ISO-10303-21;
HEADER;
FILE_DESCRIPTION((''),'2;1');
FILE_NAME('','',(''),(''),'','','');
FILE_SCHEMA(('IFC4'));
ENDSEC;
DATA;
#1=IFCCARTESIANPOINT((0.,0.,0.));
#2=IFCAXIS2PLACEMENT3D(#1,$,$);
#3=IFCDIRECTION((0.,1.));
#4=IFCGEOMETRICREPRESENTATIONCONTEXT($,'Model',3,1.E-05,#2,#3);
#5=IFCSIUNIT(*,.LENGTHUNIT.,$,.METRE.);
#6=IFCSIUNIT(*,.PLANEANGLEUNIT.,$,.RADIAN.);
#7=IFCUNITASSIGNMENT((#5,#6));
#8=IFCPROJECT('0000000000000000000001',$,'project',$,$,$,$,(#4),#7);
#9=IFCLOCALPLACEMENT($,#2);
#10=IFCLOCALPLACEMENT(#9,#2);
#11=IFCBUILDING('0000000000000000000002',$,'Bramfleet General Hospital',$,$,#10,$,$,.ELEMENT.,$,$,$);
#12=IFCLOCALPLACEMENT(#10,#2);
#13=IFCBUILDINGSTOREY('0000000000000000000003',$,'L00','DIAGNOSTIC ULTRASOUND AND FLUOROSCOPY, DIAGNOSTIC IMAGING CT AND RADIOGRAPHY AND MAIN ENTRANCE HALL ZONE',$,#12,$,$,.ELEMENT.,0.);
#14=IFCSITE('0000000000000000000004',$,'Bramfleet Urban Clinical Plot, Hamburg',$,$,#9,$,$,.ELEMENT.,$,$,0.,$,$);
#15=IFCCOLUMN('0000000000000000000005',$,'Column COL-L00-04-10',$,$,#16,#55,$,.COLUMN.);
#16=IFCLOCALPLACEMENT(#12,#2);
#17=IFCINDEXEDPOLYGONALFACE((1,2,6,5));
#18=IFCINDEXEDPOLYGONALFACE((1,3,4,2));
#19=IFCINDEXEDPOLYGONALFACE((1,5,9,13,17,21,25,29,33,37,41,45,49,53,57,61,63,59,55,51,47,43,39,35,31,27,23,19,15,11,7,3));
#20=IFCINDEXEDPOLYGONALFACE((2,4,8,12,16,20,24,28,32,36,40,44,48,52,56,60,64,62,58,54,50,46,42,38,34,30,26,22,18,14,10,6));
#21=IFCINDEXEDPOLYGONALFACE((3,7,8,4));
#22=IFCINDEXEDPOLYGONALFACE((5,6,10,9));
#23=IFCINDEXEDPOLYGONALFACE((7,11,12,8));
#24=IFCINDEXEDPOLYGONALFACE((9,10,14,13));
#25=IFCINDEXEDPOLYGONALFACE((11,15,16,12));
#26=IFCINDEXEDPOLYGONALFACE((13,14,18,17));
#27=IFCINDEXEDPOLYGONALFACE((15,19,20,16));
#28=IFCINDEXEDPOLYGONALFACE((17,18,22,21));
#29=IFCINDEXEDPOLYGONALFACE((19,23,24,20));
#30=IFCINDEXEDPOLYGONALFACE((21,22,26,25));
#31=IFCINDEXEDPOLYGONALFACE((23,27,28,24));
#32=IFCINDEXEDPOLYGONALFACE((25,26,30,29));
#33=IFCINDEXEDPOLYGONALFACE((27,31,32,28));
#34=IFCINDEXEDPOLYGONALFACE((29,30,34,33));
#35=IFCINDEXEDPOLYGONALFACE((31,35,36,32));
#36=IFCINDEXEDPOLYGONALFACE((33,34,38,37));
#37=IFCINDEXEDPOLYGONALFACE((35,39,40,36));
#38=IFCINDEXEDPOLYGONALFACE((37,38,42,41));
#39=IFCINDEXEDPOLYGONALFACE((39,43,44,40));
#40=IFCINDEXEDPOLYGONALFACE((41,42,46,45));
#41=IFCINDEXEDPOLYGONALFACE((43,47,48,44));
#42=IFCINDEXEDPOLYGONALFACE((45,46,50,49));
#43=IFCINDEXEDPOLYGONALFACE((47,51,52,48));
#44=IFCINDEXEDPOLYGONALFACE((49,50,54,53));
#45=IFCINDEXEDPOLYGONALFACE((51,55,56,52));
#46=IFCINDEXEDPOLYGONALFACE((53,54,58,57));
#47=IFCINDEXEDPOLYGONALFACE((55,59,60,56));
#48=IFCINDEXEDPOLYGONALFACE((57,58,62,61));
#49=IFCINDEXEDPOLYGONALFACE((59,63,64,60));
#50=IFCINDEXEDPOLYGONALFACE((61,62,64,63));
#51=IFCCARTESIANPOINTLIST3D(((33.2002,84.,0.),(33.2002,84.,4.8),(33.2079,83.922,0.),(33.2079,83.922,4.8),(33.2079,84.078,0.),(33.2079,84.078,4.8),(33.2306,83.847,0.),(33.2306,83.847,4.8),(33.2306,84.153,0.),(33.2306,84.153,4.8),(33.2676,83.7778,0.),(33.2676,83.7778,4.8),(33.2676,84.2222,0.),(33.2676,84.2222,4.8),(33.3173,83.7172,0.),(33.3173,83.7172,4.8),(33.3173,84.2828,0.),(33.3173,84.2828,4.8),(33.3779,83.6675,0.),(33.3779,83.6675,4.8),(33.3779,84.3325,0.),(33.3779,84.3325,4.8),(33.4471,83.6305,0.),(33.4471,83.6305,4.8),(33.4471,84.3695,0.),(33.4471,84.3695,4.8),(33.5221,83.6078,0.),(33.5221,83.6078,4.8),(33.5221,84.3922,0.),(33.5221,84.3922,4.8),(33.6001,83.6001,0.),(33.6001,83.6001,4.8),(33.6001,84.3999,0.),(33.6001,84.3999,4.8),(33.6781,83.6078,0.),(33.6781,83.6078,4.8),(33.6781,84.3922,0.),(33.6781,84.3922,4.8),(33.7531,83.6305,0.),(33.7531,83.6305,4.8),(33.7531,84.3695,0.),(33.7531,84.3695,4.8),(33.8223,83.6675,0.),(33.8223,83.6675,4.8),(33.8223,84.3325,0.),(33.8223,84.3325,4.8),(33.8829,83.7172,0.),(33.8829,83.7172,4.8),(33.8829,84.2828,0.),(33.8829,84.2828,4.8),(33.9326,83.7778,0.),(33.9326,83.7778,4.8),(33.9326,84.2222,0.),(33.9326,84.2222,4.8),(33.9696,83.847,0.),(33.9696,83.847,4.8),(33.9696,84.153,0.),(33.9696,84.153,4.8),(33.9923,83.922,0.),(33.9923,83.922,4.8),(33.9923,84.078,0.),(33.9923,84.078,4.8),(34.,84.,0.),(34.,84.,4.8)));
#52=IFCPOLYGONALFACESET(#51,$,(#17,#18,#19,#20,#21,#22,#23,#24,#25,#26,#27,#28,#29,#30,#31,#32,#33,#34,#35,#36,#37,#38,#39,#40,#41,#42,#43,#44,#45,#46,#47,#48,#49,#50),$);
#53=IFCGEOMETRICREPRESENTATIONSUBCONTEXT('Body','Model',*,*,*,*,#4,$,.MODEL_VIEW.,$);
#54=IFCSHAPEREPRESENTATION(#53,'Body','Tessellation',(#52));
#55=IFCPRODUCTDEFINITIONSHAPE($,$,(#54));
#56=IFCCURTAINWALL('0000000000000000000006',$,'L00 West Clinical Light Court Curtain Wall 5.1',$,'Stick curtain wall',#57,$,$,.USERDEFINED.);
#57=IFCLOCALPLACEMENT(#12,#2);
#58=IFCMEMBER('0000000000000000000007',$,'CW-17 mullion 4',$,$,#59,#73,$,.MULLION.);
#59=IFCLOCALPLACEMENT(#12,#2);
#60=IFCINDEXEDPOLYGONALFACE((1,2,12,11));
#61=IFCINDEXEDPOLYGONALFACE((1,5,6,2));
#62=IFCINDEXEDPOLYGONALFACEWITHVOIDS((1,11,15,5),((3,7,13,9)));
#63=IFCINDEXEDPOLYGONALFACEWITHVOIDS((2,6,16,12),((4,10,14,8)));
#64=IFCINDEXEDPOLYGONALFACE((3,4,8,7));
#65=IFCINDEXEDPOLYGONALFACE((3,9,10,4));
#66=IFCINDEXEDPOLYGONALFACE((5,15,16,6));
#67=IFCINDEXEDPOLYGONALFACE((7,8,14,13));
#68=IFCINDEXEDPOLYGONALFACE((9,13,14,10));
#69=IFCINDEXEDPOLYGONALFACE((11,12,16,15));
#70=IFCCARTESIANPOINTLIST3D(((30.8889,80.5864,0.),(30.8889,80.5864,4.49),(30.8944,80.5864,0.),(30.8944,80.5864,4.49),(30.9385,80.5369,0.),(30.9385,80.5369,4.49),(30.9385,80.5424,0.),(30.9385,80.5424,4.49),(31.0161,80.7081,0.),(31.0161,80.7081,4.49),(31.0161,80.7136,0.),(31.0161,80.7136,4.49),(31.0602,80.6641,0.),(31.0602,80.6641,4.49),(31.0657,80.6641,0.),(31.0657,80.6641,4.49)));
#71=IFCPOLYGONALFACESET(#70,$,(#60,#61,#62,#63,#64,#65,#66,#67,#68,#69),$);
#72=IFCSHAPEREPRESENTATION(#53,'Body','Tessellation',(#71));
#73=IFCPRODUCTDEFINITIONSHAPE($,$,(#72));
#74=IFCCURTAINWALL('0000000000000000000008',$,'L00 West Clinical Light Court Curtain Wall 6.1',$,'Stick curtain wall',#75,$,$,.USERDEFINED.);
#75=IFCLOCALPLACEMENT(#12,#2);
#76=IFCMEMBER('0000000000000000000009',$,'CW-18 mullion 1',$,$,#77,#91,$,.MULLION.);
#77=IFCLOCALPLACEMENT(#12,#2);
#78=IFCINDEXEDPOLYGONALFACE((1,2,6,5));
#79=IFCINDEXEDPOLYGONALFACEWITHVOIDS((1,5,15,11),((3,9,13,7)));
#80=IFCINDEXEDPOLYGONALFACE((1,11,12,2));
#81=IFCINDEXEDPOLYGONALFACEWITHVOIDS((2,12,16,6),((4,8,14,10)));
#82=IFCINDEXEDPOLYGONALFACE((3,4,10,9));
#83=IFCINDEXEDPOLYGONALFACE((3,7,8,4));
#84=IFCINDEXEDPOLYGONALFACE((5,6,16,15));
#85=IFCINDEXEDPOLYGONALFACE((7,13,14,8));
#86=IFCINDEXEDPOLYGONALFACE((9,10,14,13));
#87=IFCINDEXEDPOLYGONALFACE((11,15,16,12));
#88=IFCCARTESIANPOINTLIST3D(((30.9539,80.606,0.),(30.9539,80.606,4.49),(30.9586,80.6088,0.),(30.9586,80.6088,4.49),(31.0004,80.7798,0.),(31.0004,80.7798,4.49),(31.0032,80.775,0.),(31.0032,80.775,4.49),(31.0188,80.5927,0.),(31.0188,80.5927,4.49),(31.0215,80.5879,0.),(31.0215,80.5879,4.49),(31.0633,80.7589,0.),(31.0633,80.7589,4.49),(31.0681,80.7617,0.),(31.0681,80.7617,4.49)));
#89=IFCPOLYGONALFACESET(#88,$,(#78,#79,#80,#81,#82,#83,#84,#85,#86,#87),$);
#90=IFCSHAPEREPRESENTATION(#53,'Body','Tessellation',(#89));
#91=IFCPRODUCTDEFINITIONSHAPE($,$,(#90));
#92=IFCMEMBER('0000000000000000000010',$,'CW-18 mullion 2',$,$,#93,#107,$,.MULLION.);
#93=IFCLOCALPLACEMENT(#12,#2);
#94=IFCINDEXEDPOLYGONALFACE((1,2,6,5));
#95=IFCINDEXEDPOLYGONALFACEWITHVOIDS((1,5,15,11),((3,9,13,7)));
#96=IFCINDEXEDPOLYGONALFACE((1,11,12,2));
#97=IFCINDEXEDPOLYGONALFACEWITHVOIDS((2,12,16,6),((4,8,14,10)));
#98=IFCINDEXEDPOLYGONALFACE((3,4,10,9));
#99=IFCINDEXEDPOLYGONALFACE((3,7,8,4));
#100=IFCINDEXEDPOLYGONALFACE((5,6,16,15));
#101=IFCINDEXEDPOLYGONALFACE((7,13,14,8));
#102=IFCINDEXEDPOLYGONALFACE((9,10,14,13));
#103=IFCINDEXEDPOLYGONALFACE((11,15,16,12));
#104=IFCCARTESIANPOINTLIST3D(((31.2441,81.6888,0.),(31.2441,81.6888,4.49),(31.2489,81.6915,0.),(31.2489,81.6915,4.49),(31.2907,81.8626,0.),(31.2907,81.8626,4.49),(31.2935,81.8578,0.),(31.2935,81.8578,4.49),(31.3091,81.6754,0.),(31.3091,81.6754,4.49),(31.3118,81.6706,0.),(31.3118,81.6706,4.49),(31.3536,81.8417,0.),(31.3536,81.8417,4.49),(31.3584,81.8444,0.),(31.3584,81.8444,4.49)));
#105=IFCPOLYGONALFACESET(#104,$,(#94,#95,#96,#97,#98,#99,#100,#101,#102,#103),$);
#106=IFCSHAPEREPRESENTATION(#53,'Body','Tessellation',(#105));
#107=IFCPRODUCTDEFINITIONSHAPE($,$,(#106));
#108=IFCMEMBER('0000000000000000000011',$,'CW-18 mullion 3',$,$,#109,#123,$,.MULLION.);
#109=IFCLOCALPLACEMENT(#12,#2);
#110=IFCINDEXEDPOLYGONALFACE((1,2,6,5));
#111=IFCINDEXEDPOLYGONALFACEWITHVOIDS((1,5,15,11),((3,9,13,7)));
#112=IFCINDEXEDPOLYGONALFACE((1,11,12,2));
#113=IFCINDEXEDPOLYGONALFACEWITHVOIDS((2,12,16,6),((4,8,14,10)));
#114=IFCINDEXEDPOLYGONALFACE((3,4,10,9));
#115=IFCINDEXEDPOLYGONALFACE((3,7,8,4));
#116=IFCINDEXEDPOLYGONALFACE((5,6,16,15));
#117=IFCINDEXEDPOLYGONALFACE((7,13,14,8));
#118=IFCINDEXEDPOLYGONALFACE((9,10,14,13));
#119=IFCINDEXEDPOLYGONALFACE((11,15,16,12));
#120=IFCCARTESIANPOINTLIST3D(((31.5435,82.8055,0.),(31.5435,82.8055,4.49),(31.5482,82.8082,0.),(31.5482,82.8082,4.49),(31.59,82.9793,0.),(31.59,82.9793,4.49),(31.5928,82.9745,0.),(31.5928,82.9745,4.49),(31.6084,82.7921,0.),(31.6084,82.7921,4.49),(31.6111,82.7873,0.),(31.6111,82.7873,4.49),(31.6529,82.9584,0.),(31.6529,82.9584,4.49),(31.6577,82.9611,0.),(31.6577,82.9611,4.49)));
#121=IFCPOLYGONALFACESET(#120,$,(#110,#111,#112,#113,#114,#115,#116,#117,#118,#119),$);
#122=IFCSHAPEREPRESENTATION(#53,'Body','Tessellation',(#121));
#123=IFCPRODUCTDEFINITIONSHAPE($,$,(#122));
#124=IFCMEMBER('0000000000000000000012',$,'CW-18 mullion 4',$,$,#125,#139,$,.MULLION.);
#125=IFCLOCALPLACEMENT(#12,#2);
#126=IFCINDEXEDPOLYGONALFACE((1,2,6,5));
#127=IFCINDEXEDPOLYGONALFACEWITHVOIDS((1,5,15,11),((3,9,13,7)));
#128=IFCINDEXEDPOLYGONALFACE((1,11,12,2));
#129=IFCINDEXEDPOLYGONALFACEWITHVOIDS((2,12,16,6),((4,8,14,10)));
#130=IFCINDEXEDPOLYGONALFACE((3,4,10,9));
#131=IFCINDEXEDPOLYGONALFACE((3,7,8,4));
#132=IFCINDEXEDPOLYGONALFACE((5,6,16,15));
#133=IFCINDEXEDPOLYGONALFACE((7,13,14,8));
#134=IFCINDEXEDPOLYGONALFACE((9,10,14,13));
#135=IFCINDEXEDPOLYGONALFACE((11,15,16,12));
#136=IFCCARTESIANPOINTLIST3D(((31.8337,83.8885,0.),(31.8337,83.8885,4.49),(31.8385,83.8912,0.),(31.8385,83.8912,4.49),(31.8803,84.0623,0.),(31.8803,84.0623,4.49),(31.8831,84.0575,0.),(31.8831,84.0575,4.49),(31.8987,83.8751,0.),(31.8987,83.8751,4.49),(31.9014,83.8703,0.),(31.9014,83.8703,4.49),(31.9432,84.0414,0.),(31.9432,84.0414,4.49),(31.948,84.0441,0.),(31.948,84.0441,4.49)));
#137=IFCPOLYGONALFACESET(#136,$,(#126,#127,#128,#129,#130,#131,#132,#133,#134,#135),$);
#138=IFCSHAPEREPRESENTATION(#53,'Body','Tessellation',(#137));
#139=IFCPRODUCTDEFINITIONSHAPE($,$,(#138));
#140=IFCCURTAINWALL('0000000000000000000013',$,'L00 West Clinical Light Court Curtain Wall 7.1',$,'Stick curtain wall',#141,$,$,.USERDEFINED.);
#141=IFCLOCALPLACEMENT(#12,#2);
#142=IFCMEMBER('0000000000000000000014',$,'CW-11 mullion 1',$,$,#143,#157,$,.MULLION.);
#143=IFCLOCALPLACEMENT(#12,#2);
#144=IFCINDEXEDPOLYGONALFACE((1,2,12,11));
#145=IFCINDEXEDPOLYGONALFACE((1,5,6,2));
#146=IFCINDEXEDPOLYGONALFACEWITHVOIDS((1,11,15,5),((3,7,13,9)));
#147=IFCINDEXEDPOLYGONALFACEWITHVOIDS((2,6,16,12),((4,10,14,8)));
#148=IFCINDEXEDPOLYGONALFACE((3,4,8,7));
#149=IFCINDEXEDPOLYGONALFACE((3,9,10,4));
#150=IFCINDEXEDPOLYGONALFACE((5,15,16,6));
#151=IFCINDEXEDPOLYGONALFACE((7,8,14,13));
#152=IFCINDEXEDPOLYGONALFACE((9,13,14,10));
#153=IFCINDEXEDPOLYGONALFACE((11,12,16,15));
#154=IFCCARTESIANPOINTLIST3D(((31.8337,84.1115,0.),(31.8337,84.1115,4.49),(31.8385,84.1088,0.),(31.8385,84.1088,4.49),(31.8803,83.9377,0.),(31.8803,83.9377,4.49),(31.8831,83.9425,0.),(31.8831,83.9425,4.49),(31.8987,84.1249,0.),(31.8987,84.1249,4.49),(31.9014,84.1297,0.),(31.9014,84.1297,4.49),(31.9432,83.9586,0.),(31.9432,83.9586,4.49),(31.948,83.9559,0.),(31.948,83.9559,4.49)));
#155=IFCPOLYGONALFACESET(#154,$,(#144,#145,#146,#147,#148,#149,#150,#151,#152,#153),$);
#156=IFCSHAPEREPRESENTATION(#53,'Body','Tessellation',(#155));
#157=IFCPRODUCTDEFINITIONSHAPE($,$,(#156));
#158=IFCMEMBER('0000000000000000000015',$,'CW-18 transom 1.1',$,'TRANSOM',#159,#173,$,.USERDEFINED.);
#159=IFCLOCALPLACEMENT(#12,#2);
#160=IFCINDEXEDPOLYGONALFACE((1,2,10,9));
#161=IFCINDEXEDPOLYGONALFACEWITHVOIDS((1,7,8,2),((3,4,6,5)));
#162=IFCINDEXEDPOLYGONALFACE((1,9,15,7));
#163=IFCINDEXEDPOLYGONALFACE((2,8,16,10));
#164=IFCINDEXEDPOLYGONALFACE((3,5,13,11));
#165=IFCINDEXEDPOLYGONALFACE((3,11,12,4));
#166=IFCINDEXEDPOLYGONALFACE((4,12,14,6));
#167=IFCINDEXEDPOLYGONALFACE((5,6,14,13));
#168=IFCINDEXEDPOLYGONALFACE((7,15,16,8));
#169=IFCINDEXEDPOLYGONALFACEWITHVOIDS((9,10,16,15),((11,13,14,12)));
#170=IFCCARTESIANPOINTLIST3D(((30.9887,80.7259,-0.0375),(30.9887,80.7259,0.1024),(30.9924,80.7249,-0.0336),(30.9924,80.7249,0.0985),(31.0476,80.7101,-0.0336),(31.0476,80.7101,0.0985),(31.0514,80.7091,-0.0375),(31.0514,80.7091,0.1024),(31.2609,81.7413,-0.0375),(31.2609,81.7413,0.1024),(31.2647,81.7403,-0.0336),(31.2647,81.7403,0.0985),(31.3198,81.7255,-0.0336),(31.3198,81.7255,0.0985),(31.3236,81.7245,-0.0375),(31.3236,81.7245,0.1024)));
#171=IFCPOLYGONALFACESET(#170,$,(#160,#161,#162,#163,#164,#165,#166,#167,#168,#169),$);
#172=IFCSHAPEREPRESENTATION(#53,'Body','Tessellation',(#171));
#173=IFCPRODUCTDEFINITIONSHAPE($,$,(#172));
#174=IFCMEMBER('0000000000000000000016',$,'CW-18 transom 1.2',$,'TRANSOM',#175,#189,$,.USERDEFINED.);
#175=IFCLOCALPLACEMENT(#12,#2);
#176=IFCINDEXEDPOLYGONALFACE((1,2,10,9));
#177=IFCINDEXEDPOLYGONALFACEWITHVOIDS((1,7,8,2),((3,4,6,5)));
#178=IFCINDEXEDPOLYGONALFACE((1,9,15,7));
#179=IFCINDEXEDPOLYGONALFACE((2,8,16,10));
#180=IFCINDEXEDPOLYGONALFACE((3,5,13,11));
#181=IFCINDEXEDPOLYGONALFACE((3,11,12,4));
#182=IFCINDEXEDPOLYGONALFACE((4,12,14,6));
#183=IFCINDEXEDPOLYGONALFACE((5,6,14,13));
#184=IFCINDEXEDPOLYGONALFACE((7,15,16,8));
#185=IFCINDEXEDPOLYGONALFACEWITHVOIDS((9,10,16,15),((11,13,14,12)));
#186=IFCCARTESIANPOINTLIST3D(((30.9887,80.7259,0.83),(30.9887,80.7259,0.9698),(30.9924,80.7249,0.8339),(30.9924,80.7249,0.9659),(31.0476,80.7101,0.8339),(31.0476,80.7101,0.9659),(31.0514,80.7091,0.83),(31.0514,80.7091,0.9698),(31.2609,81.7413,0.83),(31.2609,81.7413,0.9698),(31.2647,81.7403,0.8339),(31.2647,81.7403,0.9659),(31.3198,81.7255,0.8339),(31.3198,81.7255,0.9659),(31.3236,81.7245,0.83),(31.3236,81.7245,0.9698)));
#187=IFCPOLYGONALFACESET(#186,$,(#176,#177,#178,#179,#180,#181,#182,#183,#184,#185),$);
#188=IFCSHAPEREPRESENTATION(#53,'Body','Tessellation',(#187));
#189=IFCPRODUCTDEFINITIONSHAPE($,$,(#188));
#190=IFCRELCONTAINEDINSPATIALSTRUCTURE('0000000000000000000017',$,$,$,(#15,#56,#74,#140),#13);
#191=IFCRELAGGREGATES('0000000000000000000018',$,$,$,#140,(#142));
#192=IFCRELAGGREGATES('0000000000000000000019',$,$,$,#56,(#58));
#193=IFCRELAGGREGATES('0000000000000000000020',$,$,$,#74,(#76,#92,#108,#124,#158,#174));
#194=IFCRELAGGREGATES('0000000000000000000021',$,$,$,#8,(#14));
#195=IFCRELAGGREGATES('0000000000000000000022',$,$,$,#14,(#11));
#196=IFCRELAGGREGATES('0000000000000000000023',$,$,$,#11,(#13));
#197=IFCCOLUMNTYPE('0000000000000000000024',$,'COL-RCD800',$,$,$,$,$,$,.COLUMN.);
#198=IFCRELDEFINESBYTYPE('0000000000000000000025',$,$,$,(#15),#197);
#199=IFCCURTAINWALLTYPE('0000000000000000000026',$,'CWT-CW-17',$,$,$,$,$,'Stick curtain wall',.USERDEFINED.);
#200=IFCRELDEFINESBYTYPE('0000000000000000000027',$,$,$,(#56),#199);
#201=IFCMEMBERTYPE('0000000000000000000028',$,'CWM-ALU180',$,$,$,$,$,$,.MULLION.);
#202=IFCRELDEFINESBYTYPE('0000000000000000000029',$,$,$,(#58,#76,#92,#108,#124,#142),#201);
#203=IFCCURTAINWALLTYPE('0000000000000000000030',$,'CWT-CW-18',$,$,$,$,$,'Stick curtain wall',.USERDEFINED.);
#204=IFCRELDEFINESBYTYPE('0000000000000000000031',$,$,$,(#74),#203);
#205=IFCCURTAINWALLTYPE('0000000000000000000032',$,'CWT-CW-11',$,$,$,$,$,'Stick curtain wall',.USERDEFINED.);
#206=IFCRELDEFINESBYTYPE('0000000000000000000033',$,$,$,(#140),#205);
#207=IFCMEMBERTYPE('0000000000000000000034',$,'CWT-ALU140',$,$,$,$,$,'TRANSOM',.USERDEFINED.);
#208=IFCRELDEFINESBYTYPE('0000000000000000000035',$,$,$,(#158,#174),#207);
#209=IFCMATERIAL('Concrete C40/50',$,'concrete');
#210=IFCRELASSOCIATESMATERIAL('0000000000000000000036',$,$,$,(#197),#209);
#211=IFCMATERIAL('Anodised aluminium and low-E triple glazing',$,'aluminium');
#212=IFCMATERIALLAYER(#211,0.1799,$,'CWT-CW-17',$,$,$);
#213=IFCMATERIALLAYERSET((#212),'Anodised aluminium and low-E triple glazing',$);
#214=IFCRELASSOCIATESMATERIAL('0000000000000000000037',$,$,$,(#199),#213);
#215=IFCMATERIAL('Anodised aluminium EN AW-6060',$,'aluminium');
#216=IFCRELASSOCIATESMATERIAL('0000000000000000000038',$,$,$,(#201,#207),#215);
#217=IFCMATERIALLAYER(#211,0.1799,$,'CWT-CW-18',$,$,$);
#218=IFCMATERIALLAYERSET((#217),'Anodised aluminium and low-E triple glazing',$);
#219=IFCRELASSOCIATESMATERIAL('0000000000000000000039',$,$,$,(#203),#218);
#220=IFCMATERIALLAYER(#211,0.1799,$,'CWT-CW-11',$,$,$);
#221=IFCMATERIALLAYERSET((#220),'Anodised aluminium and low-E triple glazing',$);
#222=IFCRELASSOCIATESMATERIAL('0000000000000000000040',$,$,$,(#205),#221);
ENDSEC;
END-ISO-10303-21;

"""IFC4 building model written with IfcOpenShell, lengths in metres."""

from ifc_helpers import new_model, si_unit, direction, frame, origin, origin_2d, place, context, subcontext, project, spatial, hollow_rectangle, circle, extrude, material, layer, layer_set, material_profile, profile_set, type_object, element, aggregate, save


model = new_model("IFC4")

# Units and contexts
model_context = context("Model", 3, precision=1e-05, world=origin(), true_north=direction((0.0, 1.0)))
body_context = subcontext(model_context, "Body", "Model", "MODEL_VIEW")
ifc_project = project(units=[si_unit("LENGTHUNIT", "METRE"), si_unit("PLANEANGLEUNIT", "RADIAN")], contexts=[model_context])

# Site, building, storey
site_placement = place(None, origin())
site = spatial("IfcSite", under=ifc_project, at=site_placement, Name="Bramfleet Urban Clinical Plot, Hamburg", CompositionType="ELEMENT", RefElevation=0.0)
building_placement = place(site_placement, origin())
building = spatial("IfcBuilding", under=site, at=building_placement, Name="Bramfleet General Hospital", CompositionType="ELEMENT")
storey_placement = place(building_placement, origin())
storey = spatial("IfcBuildingStorey", under=building, at=storey_placement, Name="L00", Description="DIAGNOSTIC ULTRASOUND AND FLUOROSCOPY, DIAGNOSTIC IMAGING CT AND RADIOGRAPHY AND MAIN ENTRANCE HALL ZONE", CompositionType="ELEMENT", Elevation=0.0)

# Column
ifc_material_1 = material(Name="Concrete C40/50", Category="concrete")
ifc_material_profile_1 = material_profile(ifc_material_1, circle(Radius=0.3999, at=origin_2d()), Name="RC ROUND D800")
ifc_profile_set_1 = profile_set([ifc_material_profile_1], Name="Concrete C40/50")
column_type = type_object("IfcColumnType", Name="COL-RCD800", PredefinedType="COLUMN", material=ifc_profile_set_1)
column_placement = place(storey_placement, frame((33.6001, 84.0, 0.0), z_axis=(0.0, 0.0, 1.0), x_axis=(1.0, 0.0, 0.0)))
element("IfcColumn", 1, at=column_placement, inside=storey, type_object=column_type, Name="Column COL-L00-04-10", PredefinedType="COLUMN", context=body_context, shape_type="SweptSolid", body=[
    extrude(circle(Radius=0.3999, at=origin_2d()), origin(), (0.0, 0.0, 1.0), 4.8),
])

# Curtain wall, member
ifc_material_2 = material(Name="Anodised aluminium and low-E triple glazing", Category="aluminium")
ifc_layer_1 = layer(ifc_material_2, 0.1799, Name="CWT-CW-17")
ifc_layer_set_1 = layer_set([ifc_layer_1], Name="Anodised aluminium and low-E triple glazing")
curtain_wall_type_1 = type_object("IfcCurtainWallType", Name="CWT-CW-17", ElementType="Stick curtain wall", PredefinedType="USERDEFINED", material=ifc_layer_set_1)
curtain_wall_1_placement = place(storey_placement, origin())
curtain_wall_1 = element("IfcCurtainWall", 2, at=curtain_wall_1_placement, inside=storey, type_object=curtain_wall_type_1, Name="L00 West Clinical Light Court Curtain Wall 5.1", ObjectType="Stick curtain wall", PredefinedType="USERDEFINED")
ifc_material_3 = material(Name="Anodised aluminium EN AW-6060", Category="aluminium")
ifc_material_profile_2 = material_profile(ifc_material_3, hollow_rectangle(XDim=0.0701, YDim=0.1799, WallThickness=0.0039, at=origin_2d()), Name="ALU 180x70x4.0")
ifc_profile_set_2 = profile_set([ifc_material_profile_2], Name="Anodised aluminium EN AW-6060")
member_type_1 = type_object("IfcMemberType", Name="CWM-ALU180", PredefinedType="MULLION", material=ifc_profile_set_2)
member_1_placement = place(storey_placement, frame((30.9773, 80.6252, 0.0), z_axis=(0.0, 0.0, 1.0), x_axis=(-0.707107, 0.707107, 0.0)))
member_1 = element("IfcMember", 3, at=member_1_placement, type_object=member_type_1, Name="CW-17 mullion 4", PredefinedType="MULLION", context=body_context, shape_type="SweptSolid", body=[
    extrude(hollow_rectangle(XDim=0.0701, YDim=0.1799, WallThickness=0.0039, at=origin_2d()), origin(), (0.0, 0.0, 1.0), 4.49),
])

# Curtain wall, members
ifc_layer_2 = layer(ifc_material_2, 0.1799, Name="CWT-CW-18")
ifc_layer_set_2 = layer_set([ifc_layer_2], Name="Anodised aluminium and low-E triple glazing")
curtain_wall_type_2 = type_object("IfcCurtainWallType", Name="CWT-CW-18", ElementType="Stick curtain wall", PredefinedType="USERDEFINED", material=ifc_layer_set_2)
curtain_wall_2_placement = place(storey_placement, origin())
curtain_wall_2 = element("IfcCurtainWall", 4, at=curtain_wall_2_placement, inside=storey, type_object=curtain_wall_type_2, Name="L00 West Clinical Light Court Curtain Wall 6.1", ObjectType="Stick curtain wall", PredefinedType="USERDEFINED")
member_2_placement = place(storey_placement, frame((31.011, 80.6838, 0.0), z_axis=(0.0, 0.0, 1.0), x_axis=(-0.965899, 0.258919, 0.0)))
member_2 = element("IfcMember", 5, at=member_2_placement, type_object=member_type_1, Name="CW-18 mullion 1", PredefinedType="MULLION", context=body_context, shape_type="SweptSolid", body=[
    extrude(hollow_rectangle(XDim=0.0701, YDim=0.1799, WallThickness=0.0039, at=origin_2d()), origin(), (0.0, 0.0, 1.0), 4.49),
])
member_3_placement = place(storey_placement, frame((31.3013, 81.7666, 0.0), z_axis=(0.0, 0.0, 1.0), x_axis=(-0.965899, 0.258919, 0.0)))
member_3 = element("IfcMember", 6, at=member_3_placement, type_object=member_type_1, Name="CW-18 mullion 2", PredefinedType="MULLION", context=body_context, shape_type="SweptSolid", body=[
    extrude(hollow_rectangle(XDim=0.0701, YDim=0.1799, WallThickness=0.0039, at=origin_2d()), origin(), (0.0, 0.0, 1.0), 4.49),
])
member_4_placement = place(storey_placement, frame((31.6006, 82.8833, 0.0), z_axis=(0.0, 0.0, 1.0), x_axis=(-0.965899, 0.258919, 0.0)))
member_4 = element("IfcMember", 7, at=member_4_placement, type_object=member_type_1, Name="CW-18 mullion 3", PredefinedType="MULLION", context=body_context, shape_type="SweptSolid", body=[
    extrude(hollow_rectangle(XDim=0.0701, YDim=0.1799, WallThickness=0.0039, at=origin_2d()), origin(), (0.0, 0.0, 1.0), 4.49),
])
member_5_placement = place(storey_placement, frame((31.8909, 83.9663, 0.0), z_axis=(0.0, 0.0, 1.0), x_axis=(-0.965899, 0.258919, 0.0)))
member_5 = element("IfcMember", 8, at=member_5_placement, type_object=member_type_1, Name="CW-18 mullion 4", PredefinedType="MULLION", context=body_context, shape_type="SweptSolid", body=[
    extrude(hollow_rectangle(XDim=0.0701, YDim=0.1799, WallThickness=0.0039, at=origin_2d()), origin(), (0.0, 0.0, 1.0), 4.49),
])

# Curtain wall, member
ifc_layer_3 = layer(ifc_material_2, 0.1799, Name="CWT-CW-11")
ifc_layer_set_3 = layer_set([ifc_layer_3], Name="Anodised aluminium and low-E triple glazing")
curtain_wall_type_3 = type_object("IfcCurtainWallType", Name="CWT-CW-11", ElementType="Stick curtain wall", PredefinedType="USERDEFINED", material=ifc_layer_set_3)
curtain_wall_3_placement = place(storey_placement, origin())
curtain_wall_3 = element("IfcCurtainWall", 9, at=curtain_wall_3_placement, inside=storey, type_object=curtain_wall_type_3, Name="L00 West Clinical Light Court Curtain Wall 7.1", ObjectType="Stick curtain wall", PredefinedType="USERDEFINED")
member_6_placement = place(storey_placement, frame((31.8909, 84.0337, 0.0), z_axis=(0.0, 0.0, 1.0), x_axis=(-0.965899, -0.258919, 0.0)))
member_6 = element("IfcMember", 10, at=member_6_placement, type_object=member_type_1, Name="CW-11 mullion 1", PredefinedType="MULLION", context=body_context, shape_type="SweptSolid", body=[
    extrude(hollow_rectangle(XDim=0.0701, YDim=0.1799, WallThickness=0.0039, at=origin_2d()), origin(), (0.0, 0.0, 1.0), 4.49),
])

# Members
ifc_material_profile_3 = material_profile(ifc_material_3, hollow_rectangle(XDim=0.0649, YDim=0.1399, WallThickness=0.0039, at=origin_2d()), Name="ALU 140x65x4.0")
ifc_profile_set_3 = profile_set([ifc_material_profile_3], Name="Anodised aluminium EN AW-6060")
member_type_2 = type_object("IfcMemberType", Name="CWT-ALU140", ElementType="TRANSOM", PredefinedType="USERDEFINED", material=ifc_profile_set_3)
member_7_placement = place(storey_placement, frame((31.02, 80.7175, 0.0325), z_axis=(0.258949, 0.965891, 0.0), x_axis=(-0.965891, 0.258949, 0.0)))
member_7 = element("IfcMember", 11, at=member_7_placement, type_object=member_type_2, Name="CW-18 transom 1.1", ObjectType="TRANSOM", PredefinedType="USERDEFINED", context=body_context, shape_type="SweptSolid", body=[
    extrude(hollow_rectangle(XDim=0.0649, YDim=0.1399, WallThickness=0.0039, at=origin_2d()), origin(), (0.0, 0.0, 1.0), 1.0513),
])
member_8_placement = place(storey_placement, frame((31.02, 80.7175, 0.8999), z_axis=(0.258949, 0.965891, 0.0), x_axis=(-0.965891, 0.258949, 0.0)))
member_8 = element("IfcMember", 12, at=member_8_placement, type_object=member_type_2, Name="CW-18 transom 1.2", ObjectType="TRANSOM", PredefinedType="USERDEFINED", context=body_context, shape_type="SweptSolid", body=[
    extrude(hollow_rectangle(XDim=0.0649, YDim=0.1399, WallThickness=0.0039, at=origin_2d()), origin(), (0.0, 0.0, 1.0), 1.0513),
])
aggregate(curtain_wall_3, [member_6])

aggregate(curtain_wall_1, [member_1])
aggregate(curtain_wall_2, [member_2, member_3, member_4, member_5, member_7, member_8])

save(model, "model.ifc")
